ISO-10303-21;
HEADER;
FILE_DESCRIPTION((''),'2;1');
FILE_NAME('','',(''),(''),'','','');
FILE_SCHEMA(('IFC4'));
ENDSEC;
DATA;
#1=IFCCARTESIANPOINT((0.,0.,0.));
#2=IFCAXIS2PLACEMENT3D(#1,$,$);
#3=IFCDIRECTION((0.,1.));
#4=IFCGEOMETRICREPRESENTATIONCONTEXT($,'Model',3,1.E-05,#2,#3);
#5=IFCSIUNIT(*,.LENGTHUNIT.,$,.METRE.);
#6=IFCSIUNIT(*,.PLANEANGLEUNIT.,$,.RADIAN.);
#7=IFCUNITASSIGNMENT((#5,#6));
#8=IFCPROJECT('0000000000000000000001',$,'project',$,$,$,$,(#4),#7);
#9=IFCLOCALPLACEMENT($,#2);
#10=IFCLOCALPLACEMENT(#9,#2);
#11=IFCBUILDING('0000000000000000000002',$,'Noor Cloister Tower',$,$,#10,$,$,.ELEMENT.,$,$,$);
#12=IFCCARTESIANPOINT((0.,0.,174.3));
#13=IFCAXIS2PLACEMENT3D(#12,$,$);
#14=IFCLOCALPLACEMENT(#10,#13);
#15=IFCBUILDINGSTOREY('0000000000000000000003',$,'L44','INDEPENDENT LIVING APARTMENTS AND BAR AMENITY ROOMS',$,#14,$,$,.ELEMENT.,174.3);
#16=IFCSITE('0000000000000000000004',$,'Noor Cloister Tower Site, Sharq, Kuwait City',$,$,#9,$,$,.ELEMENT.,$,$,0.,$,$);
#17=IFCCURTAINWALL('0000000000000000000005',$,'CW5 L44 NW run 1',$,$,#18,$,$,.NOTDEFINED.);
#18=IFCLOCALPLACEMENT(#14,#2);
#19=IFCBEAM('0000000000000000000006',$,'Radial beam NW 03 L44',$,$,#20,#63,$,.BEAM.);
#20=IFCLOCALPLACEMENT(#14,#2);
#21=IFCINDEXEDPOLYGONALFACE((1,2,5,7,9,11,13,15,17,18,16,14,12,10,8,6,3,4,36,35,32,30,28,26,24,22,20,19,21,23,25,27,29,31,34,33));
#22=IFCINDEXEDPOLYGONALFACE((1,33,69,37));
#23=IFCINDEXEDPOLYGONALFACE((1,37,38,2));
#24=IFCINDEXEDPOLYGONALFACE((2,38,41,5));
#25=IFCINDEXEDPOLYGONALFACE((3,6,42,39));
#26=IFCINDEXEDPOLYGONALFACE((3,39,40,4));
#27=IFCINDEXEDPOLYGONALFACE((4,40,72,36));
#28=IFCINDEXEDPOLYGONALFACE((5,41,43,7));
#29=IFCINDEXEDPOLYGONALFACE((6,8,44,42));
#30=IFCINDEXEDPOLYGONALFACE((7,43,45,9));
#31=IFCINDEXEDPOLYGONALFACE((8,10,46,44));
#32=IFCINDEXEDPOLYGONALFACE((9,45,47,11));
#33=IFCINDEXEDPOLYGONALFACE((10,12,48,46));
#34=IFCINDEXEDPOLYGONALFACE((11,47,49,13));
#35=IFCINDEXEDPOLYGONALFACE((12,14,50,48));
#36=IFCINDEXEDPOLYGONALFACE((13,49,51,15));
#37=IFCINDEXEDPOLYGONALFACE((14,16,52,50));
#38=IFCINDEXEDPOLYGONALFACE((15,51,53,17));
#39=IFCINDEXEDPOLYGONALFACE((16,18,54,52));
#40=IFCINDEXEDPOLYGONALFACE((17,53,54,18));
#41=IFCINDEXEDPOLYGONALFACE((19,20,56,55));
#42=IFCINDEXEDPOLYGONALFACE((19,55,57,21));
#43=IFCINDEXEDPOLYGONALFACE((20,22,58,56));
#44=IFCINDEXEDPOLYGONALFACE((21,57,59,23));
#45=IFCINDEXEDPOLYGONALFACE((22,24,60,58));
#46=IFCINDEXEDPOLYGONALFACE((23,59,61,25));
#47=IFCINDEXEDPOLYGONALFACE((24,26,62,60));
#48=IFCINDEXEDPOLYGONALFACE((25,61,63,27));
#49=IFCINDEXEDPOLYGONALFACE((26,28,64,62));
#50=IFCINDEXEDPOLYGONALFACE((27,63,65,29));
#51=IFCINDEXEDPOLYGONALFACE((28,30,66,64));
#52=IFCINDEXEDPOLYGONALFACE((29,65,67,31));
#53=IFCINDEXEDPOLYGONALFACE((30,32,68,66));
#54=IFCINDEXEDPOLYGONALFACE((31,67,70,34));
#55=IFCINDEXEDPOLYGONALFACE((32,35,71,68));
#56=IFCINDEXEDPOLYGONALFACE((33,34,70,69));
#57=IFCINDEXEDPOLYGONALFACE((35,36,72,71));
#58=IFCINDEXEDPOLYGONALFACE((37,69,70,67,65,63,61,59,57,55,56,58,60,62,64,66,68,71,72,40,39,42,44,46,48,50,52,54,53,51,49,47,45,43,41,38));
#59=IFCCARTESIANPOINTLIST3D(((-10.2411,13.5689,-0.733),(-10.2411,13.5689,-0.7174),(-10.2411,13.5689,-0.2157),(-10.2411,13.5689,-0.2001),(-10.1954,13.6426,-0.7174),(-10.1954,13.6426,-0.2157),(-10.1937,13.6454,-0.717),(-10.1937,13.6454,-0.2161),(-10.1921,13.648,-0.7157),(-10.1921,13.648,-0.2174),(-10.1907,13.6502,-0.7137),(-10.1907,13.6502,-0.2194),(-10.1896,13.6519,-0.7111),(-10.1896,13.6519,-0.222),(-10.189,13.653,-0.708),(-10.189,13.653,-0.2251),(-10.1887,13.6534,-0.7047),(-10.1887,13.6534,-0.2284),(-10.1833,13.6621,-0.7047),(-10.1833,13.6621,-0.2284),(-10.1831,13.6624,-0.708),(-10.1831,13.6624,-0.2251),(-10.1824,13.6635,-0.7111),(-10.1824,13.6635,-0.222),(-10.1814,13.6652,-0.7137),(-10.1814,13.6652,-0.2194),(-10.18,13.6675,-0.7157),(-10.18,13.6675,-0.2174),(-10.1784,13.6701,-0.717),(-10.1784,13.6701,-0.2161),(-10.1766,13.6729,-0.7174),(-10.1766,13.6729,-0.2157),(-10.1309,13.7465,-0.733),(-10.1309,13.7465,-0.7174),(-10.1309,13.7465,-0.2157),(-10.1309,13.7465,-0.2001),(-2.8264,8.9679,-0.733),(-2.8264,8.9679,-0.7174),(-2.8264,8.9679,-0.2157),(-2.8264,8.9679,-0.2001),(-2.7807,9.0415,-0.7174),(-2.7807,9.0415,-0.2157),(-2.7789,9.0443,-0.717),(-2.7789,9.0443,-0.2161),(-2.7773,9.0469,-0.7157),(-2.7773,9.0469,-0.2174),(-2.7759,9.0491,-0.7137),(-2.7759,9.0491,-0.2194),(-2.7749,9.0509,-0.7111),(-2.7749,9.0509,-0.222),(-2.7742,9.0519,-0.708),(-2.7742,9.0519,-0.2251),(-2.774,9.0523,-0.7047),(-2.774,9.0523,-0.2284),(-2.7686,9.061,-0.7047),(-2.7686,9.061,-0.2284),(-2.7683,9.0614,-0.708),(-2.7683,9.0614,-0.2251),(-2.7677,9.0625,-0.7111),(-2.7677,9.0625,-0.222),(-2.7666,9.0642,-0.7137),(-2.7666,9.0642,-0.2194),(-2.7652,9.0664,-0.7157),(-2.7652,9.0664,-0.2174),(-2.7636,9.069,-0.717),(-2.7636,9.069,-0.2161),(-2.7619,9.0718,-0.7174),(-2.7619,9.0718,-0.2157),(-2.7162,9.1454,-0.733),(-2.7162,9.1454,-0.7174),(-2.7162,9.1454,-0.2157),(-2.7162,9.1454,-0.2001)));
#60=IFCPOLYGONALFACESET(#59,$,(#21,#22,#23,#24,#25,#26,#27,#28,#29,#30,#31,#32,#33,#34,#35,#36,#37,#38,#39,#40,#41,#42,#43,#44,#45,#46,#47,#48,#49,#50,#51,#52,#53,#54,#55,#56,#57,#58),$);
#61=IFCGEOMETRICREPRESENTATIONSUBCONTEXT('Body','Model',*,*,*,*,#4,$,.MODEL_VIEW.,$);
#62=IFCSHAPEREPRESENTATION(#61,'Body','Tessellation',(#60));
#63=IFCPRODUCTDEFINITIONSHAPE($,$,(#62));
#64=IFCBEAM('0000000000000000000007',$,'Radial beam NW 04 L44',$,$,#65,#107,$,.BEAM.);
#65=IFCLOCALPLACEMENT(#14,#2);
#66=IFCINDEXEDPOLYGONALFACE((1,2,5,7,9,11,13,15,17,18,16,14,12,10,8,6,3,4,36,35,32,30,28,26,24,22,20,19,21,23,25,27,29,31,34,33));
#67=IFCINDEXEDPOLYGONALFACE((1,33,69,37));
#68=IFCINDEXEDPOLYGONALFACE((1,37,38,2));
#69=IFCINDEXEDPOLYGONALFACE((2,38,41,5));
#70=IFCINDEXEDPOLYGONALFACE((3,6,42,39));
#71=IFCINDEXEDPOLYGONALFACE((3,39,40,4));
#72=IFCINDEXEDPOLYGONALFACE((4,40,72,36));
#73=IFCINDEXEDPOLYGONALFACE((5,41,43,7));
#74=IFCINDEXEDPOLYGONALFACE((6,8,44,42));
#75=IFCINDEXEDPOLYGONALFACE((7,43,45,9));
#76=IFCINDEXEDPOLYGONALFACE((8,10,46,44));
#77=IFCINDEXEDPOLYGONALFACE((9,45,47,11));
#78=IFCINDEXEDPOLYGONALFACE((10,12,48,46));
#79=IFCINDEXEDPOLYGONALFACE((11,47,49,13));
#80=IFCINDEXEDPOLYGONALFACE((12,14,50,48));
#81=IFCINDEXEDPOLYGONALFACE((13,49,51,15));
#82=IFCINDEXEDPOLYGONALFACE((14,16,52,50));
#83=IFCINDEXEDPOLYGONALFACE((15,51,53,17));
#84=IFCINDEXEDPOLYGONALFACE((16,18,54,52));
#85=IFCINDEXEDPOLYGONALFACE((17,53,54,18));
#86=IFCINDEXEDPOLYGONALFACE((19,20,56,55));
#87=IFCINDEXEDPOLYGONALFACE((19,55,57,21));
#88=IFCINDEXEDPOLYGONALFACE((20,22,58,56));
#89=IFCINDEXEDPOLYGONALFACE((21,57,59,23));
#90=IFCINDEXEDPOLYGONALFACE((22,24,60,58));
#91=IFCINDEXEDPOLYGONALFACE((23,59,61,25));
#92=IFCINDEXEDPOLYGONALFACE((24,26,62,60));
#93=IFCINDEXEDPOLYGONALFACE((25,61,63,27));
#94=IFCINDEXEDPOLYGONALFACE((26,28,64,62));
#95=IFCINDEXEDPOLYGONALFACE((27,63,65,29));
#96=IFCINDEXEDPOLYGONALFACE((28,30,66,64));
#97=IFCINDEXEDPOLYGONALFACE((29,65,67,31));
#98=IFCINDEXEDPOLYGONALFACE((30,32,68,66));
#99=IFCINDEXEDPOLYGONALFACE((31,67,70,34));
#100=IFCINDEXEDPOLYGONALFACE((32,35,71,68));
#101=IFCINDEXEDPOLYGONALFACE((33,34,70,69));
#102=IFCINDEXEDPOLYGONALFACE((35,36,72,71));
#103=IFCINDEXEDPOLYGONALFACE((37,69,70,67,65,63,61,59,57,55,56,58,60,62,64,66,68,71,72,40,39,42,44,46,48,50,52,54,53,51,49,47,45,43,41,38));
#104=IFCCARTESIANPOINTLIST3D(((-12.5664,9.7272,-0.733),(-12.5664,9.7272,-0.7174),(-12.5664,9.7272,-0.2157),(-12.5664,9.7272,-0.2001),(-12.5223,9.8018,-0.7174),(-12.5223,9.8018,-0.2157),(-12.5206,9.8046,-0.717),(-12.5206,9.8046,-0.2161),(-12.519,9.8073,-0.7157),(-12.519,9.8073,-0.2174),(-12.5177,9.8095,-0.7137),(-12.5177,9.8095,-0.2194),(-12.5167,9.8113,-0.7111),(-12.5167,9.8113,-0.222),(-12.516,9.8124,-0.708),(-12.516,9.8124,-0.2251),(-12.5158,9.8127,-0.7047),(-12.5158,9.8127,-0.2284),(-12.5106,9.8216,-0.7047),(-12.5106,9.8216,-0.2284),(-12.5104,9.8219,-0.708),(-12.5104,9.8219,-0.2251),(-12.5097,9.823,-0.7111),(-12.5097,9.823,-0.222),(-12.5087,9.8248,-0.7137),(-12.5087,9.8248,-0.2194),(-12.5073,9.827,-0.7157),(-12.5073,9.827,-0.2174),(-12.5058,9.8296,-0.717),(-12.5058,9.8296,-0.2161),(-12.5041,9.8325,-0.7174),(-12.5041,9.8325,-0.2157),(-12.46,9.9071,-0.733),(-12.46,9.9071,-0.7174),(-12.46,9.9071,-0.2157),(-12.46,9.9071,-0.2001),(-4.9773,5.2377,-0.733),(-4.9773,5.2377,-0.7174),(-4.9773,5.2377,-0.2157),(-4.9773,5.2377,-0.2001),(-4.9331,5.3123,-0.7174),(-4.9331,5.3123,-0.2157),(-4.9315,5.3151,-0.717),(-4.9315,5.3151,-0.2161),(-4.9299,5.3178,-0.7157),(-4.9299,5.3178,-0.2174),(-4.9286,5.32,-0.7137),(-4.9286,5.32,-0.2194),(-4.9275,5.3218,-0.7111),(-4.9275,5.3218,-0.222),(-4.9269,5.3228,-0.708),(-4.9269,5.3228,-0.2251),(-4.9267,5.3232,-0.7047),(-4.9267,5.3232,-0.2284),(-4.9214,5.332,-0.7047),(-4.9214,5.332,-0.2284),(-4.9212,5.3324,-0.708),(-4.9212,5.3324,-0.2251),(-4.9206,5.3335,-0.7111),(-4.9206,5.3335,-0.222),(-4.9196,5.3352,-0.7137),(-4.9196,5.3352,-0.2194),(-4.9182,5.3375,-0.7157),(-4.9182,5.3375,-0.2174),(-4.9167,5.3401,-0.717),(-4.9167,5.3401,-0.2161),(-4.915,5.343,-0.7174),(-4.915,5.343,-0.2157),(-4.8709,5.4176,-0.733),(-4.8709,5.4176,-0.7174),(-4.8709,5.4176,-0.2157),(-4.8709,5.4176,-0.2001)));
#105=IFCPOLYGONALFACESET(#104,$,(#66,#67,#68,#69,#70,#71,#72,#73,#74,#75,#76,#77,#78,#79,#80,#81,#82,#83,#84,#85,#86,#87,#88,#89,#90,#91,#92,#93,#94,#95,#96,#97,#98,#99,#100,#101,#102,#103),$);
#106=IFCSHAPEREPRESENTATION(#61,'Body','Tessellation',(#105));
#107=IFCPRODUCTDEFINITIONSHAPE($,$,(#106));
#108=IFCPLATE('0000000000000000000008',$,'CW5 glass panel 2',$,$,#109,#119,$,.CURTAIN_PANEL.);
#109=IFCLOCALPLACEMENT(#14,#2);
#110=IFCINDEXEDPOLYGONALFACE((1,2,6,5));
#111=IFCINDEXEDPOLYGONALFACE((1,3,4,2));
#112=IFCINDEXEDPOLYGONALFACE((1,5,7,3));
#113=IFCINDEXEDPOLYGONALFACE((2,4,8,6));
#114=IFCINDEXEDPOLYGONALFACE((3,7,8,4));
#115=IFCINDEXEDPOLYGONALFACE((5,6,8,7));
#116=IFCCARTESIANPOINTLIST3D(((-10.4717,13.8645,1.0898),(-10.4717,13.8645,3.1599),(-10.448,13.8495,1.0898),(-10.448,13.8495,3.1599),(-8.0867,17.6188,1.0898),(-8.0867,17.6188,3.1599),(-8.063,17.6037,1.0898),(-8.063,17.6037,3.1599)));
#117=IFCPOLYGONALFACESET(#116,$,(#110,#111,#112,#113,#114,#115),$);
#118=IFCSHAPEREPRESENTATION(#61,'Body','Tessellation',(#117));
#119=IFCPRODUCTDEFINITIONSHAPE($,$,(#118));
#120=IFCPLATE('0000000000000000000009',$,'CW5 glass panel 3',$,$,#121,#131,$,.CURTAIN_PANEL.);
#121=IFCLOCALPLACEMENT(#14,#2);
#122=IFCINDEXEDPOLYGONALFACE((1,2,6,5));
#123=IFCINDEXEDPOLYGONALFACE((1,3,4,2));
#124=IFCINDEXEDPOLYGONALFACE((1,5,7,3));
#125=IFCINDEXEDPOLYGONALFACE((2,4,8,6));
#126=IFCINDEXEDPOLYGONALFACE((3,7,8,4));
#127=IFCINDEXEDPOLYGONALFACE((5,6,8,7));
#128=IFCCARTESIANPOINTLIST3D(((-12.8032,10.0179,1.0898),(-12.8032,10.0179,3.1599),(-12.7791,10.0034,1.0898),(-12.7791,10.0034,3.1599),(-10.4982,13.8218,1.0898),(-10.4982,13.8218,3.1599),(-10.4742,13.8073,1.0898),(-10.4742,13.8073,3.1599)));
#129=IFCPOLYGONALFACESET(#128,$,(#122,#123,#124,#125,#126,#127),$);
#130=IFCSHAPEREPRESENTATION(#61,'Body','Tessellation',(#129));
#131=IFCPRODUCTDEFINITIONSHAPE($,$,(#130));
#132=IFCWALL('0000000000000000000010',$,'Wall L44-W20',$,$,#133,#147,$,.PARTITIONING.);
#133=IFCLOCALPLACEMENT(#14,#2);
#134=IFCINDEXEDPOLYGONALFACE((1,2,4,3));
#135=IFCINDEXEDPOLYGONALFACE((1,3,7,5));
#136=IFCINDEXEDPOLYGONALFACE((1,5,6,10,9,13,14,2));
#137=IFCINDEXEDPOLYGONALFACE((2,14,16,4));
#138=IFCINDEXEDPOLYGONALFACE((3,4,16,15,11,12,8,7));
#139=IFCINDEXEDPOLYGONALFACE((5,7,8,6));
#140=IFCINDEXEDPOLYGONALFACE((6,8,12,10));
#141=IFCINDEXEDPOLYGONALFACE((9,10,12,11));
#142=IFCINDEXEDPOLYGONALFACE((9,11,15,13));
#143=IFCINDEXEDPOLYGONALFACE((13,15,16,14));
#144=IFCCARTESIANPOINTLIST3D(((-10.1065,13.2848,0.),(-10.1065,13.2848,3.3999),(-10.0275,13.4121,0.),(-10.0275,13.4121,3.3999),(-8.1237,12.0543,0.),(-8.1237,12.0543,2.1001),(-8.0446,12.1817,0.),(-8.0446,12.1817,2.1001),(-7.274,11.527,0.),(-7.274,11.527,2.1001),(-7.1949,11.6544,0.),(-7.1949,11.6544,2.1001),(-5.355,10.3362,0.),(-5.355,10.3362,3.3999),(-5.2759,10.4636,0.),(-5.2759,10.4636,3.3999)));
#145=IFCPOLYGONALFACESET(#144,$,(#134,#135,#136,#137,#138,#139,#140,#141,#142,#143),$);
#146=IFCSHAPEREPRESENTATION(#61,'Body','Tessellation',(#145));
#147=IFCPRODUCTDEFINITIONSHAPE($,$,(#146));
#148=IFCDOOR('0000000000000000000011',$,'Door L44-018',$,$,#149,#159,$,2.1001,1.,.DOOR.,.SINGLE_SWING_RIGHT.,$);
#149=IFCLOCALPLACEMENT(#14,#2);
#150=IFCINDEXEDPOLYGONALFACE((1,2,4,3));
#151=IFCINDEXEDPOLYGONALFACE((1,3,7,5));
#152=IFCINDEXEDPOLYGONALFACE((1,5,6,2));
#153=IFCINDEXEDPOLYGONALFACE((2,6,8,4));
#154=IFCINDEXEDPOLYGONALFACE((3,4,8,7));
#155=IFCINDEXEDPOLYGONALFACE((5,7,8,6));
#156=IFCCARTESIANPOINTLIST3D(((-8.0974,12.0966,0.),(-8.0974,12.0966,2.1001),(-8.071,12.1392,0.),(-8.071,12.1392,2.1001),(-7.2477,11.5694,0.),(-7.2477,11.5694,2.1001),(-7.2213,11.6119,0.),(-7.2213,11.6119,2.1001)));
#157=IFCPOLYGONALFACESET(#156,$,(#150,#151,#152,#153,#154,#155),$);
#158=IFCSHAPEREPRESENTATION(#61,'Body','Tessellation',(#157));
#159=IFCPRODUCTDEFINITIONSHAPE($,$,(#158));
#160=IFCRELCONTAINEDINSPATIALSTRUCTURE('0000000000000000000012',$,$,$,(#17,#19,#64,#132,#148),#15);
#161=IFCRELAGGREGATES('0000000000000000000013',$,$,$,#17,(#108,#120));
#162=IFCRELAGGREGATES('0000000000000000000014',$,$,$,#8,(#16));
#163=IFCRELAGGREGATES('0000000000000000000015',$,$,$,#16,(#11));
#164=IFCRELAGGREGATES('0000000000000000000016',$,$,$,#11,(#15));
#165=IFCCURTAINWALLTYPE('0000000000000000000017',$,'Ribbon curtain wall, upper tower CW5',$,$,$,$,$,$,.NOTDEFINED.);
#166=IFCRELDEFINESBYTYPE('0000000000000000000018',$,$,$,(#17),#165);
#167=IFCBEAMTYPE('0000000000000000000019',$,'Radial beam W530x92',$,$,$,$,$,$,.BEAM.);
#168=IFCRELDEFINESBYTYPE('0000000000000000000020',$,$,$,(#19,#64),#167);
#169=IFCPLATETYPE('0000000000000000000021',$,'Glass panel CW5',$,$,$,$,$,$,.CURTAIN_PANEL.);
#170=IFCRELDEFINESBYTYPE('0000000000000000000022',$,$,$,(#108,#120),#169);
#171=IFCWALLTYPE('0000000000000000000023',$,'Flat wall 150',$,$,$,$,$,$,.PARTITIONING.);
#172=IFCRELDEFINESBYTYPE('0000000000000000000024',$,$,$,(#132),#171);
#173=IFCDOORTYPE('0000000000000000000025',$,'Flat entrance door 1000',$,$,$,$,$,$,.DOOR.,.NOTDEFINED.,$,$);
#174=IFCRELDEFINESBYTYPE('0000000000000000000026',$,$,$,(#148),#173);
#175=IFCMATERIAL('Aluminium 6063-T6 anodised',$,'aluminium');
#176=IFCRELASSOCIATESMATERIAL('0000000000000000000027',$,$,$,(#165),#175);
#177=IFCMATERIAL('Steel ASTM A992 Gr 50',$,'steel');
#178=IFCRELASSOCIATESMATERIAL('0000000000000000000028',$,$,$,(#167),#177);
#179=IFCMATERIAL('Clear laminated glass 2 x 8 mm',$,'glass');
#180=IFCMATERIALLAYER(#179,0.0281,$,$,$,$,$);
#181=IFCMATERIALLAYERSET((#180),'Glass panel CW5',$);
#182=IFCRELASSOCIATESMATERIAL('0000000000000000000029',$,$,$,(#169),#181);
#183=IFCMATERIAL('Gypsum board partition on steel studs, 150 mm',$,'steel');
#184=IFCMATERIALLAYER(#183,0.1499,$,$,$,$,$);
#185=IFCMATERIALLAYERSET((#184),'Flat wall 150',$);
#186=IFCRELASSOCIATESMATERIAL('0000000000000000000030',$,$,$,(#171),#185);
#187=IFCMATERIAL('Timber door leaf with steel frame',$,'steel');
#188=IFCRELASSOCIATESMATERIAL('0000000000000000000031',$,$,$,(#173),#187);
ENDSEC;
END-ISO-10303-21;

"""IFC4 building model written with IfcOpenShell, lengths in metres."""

from ifc_helpers import new_model, si_unit, direction, frame, frame_2d, origin, origin_2d, place, context, subcontext, project, spatial, rectangle, i_section, extrude, material, layer, layer_set, material_profile, profile_set, type_object, element, fill, aggregate, save


model = new_model("IFC4")

# Units and contexts
model_context = context("Model", 3, precision=1e-05, world=origin(), true_north=direction((0.0, 1.0)))
body_context = subcontext(model_context, "Body", "Model", "MODEL_VIEW")
ifc_project = project(units=[si_unit("LENGTHUNIT", "METRE"), si_unit("PLANEANGLEUNIT", "RADIAN")], contexts=[model_context])

# Site, building, storey
site_placement = place(None, origin())
site = spatial("IfcSite", under=ifc_project, at=site_placement, Name="Noor Cloister Tower Site, Sharq, Kuwait City", CompositionType="ELEMENT", RefElevation=0.0)
building_placement = place(site_placement, origin())
building = spatial("IfcBuilding", under=site, at=building_placement, Name="Noor Cloister Tower", CompositionType="ELEMENT")
storey_placement = place(building_placement, frame((0.0, 0.0, 174.3)))
storey = spatial("IfcBuildingStorey", under=building, at=storey_placement, Name="L44", Description="INDEPENDENT LIVING APARTMENTS AND BAR AMENITY ROOMS", CompositionType="ELEMENT", Elevation=174.3)

# Curtain wall
ifc_material_1 = material(Name="Aluminium 6063-T6 anodised", Category="aluminium")
curtain_wall_type = type_object("IfcCurtainWallType", Name="Ribbon curtain wall, upper tower CW5", PredefinedType="NOTDEFINED", material=ifc_material_1)
curtain_wall_placement = place(storey_placement, origin())
curtain_wall = element("IfcCurtainWall", 1, at=curtain_wall_placement, inside=storey, type_object=curtain_wall_type, Name="CW5 L44 NW run 1", PredefinedType="NOTDEFINED")

# Beams
ifc_material_2 = material(Name="Steel ASTM A992 Gr 50", Category="steel")
ifc_material_profile_1 = material_profile(ifc_material_2, i_section(OverallWidth=0.209, OverallDepth=0.533, WebThickness=0.0103, FlangeThickness=0.0156, FilletRadius=0.0127, at=origin_2d()), Name="W530x92")
ifc_profile_set_1 = profile_set([ifc_material_profile_1], Name="Steel ASTM A992 Gr 50")
beam_type_1 = type_object("IfcBeamType", Name="Radial beam W530x92", PredefinedType="BEAM", material=ifc_profile_set_1)
beam_1_placement = place(storey_placement, frame((-10.186, 13.6577, -0.4666), z_axis=(0.849702, -0.527263, 0.0), x_axis=(0.527263, 0.849702, 0.0)))
element("IfcBeam", 2, at=beam_1_placement, inside=storey, type_object=beam_type_1, Name="Radial beam NW 03 L44", PredefinedType="BEAM", context=body_context, shape_type="SweptSolid", body=[
    extrude(i_section(OverallWidth=0.209, OverallDepth=0.533, WebThickness=0.0103, FlangeThickness=0.0156, FilletRadius=0.0127, at=origin_2d()), origin(), (0.0, 0.0, 1.0), 8.7263),
])
beam_2_placement = place(storey_placement, frame((-12.5132, 9.8171, -0.4666), z_axis=(0.860677, -0.509152, 0.0), x_axis=(0.509152, 0.860677, 0.0)))
element("IfcBeam", 3, at=beam_2_placement, inside=storey, type_object=beam_type_1, Name="Radial beam NW 04 L44", PredefinedType="BEAM", context=body_context, shape_type="SweptSolid", body=[
    extrude(i_section(OverallWidth=0.209, OverallDepth=0.533, WebThickness=0.0103, FlangeThickness=0.0156, FilletRadius=0.0127, at=origin_2d()), origin(), (0.0, 0.0, 1.0), 8.8176),
])

# Plates
ifc_material_3 = material(Name="Clear laminated glass 2 x 8 mm", Category="glass")
ifc_layer_1 = layer(ifc_material_3, 0.0281)
ifc_layer_set_1 = layer_set([ifc_layer_1], Name="Glass panel CW5")
plate_type = type_object("IfcPlateType", Name="Glass panel CW5", PredefinedType="CURTAIN_PANEL", material=ifc_layer_set_1)
plate_1_placement = place(storey_placement, frame((-9.2673, 15.7341, 1.0898), z_axis=(0.0, 0.0, 1.0), x_axis=(-0.536228, -0.844073, 0.0)))
plate_1 = element("IfcPlate", 4, at=plate_1_placement, type_object=plate_type, Name="CW5 glass panel 2", PredefinedType="CURTAIN_PANEL", context=body_context, shape_type="SweptSolid", body=[
    extrude(rectangle(XDim=4.4478, YDim=0.0281, at=origin_2d()), origin(), (0.0, 0.0, 1.0), 2.0701),
])
plate_2_placement = place(storey_placement, frame((-11.6387, 11.9126, 1.0898), z_axis=(0.0, 0.0, 1.0), x_axis=(-0.51823, -0.855241, 0.0)))
plate_2 = element("IfcPlate", 5, at=plate_2_placement, type_object=plate_type, Name="CW5 glass panel 3", PredefinedType="CURTAIN_PANEL", context=body_context, shape_type="SweptSolid", body=[
    extrude(rectangle(XDim=4.4478, YDim=0.0281, at=origin_2d()), origin(), (0.0, 0.0, 1.0), 2.0701),
])
aggregate(curtain_wall, [plate_1, plate_2])

# Wall, opening, door
ifc_material_4 = material(Name="Gypsum board partition on steel studs, 150 mm", Category="steel")
ifc_layer_2 = layer(ifc_material_4, 0.1499)
ifc_layer_set_2 = layer_set([ifc_layer_2], Name="Flat wall 150")
wall_type = type_object("IfcWallType", Name="Flat wall 150", PredefinedType="PARTITIONING", material=ifc_layer_set_2)
wall_1_placement = place(storey_placement, frame((-10.0669, 13.3484, 0.0), z_axis=(0.0, 0.0, 1.0), x_axis=(0.849696, -0.527273, 0.0)))
wall_1 = element("IfcWall", 6, at=wall_1_placement, inside=storey, type_object=wall_type, Name="Wall L44-W20", PredefinedType="PARTITIONING", context=body_context, shape_type="SweptSolid", body=[
    extrude(rectangle(XDim=5.592, YDim=0.1499, at=frame_2d((2.7959, 0.0))), origin(), (0.0, 0.0, 1.0), 3.3999),
])
opening_1_placement = place(wall_1_placement, frame((2.3335, 0.0, 0.0)))
opening_1 = element("IfcOpeningElement", 7, at=opening_1_placement, cuts=wall_1, PredefinedType="OPENING", context=body_context, shape_type="SweptSolid", body=[
    extrude(rectangle(XDim=1.0, YDim=2.1001, at=frame_2d((0.5, 1.05))), frame((0.0, 0.085, 0.0), z_axis=(0.0, -1.0, 0.0), x_axis=(1.0, 0.0, 0.0)), (0.0, 0.0, 1.0), 0.1699),
])
ifc_material_5 = material(Name="Timber door leaf with steel frame", Category="steel")
door_type_1 = type_object("IfcDoorType", Name="Flat entrance door 1000", OperationType="NOTDEFINED", PredefinedType="DOOR", material=ifc_material_5)
door_1_placement = place(opening_1_placement, origin())
door_1 = element("IfcDoor", 8, at=door_1_placement, inside=storey, type_object=door_type_1, Name="Door L44-018", OperationType="SINGLE_SWING_RIGHT", OverallHeight=2.1001, OverallWidth=1.0, PredefinedType="DOOR", context=body_context, shape_type="SweptSolid", body=[
    extrude(rectangle(XDim=1.0, YDim=2.1001, at=frame_2d((0.5, 1.05))), frame((0.0, 0.0249, 0.0), z_axis=(0.0, -1.0, 0.0), x_axis=(1.0, 0.0, 0.0)), (0.0, 0.0, 1.0), 0.05),
])
fill(opening_1, door_1)

save(model, "model.ifc")
